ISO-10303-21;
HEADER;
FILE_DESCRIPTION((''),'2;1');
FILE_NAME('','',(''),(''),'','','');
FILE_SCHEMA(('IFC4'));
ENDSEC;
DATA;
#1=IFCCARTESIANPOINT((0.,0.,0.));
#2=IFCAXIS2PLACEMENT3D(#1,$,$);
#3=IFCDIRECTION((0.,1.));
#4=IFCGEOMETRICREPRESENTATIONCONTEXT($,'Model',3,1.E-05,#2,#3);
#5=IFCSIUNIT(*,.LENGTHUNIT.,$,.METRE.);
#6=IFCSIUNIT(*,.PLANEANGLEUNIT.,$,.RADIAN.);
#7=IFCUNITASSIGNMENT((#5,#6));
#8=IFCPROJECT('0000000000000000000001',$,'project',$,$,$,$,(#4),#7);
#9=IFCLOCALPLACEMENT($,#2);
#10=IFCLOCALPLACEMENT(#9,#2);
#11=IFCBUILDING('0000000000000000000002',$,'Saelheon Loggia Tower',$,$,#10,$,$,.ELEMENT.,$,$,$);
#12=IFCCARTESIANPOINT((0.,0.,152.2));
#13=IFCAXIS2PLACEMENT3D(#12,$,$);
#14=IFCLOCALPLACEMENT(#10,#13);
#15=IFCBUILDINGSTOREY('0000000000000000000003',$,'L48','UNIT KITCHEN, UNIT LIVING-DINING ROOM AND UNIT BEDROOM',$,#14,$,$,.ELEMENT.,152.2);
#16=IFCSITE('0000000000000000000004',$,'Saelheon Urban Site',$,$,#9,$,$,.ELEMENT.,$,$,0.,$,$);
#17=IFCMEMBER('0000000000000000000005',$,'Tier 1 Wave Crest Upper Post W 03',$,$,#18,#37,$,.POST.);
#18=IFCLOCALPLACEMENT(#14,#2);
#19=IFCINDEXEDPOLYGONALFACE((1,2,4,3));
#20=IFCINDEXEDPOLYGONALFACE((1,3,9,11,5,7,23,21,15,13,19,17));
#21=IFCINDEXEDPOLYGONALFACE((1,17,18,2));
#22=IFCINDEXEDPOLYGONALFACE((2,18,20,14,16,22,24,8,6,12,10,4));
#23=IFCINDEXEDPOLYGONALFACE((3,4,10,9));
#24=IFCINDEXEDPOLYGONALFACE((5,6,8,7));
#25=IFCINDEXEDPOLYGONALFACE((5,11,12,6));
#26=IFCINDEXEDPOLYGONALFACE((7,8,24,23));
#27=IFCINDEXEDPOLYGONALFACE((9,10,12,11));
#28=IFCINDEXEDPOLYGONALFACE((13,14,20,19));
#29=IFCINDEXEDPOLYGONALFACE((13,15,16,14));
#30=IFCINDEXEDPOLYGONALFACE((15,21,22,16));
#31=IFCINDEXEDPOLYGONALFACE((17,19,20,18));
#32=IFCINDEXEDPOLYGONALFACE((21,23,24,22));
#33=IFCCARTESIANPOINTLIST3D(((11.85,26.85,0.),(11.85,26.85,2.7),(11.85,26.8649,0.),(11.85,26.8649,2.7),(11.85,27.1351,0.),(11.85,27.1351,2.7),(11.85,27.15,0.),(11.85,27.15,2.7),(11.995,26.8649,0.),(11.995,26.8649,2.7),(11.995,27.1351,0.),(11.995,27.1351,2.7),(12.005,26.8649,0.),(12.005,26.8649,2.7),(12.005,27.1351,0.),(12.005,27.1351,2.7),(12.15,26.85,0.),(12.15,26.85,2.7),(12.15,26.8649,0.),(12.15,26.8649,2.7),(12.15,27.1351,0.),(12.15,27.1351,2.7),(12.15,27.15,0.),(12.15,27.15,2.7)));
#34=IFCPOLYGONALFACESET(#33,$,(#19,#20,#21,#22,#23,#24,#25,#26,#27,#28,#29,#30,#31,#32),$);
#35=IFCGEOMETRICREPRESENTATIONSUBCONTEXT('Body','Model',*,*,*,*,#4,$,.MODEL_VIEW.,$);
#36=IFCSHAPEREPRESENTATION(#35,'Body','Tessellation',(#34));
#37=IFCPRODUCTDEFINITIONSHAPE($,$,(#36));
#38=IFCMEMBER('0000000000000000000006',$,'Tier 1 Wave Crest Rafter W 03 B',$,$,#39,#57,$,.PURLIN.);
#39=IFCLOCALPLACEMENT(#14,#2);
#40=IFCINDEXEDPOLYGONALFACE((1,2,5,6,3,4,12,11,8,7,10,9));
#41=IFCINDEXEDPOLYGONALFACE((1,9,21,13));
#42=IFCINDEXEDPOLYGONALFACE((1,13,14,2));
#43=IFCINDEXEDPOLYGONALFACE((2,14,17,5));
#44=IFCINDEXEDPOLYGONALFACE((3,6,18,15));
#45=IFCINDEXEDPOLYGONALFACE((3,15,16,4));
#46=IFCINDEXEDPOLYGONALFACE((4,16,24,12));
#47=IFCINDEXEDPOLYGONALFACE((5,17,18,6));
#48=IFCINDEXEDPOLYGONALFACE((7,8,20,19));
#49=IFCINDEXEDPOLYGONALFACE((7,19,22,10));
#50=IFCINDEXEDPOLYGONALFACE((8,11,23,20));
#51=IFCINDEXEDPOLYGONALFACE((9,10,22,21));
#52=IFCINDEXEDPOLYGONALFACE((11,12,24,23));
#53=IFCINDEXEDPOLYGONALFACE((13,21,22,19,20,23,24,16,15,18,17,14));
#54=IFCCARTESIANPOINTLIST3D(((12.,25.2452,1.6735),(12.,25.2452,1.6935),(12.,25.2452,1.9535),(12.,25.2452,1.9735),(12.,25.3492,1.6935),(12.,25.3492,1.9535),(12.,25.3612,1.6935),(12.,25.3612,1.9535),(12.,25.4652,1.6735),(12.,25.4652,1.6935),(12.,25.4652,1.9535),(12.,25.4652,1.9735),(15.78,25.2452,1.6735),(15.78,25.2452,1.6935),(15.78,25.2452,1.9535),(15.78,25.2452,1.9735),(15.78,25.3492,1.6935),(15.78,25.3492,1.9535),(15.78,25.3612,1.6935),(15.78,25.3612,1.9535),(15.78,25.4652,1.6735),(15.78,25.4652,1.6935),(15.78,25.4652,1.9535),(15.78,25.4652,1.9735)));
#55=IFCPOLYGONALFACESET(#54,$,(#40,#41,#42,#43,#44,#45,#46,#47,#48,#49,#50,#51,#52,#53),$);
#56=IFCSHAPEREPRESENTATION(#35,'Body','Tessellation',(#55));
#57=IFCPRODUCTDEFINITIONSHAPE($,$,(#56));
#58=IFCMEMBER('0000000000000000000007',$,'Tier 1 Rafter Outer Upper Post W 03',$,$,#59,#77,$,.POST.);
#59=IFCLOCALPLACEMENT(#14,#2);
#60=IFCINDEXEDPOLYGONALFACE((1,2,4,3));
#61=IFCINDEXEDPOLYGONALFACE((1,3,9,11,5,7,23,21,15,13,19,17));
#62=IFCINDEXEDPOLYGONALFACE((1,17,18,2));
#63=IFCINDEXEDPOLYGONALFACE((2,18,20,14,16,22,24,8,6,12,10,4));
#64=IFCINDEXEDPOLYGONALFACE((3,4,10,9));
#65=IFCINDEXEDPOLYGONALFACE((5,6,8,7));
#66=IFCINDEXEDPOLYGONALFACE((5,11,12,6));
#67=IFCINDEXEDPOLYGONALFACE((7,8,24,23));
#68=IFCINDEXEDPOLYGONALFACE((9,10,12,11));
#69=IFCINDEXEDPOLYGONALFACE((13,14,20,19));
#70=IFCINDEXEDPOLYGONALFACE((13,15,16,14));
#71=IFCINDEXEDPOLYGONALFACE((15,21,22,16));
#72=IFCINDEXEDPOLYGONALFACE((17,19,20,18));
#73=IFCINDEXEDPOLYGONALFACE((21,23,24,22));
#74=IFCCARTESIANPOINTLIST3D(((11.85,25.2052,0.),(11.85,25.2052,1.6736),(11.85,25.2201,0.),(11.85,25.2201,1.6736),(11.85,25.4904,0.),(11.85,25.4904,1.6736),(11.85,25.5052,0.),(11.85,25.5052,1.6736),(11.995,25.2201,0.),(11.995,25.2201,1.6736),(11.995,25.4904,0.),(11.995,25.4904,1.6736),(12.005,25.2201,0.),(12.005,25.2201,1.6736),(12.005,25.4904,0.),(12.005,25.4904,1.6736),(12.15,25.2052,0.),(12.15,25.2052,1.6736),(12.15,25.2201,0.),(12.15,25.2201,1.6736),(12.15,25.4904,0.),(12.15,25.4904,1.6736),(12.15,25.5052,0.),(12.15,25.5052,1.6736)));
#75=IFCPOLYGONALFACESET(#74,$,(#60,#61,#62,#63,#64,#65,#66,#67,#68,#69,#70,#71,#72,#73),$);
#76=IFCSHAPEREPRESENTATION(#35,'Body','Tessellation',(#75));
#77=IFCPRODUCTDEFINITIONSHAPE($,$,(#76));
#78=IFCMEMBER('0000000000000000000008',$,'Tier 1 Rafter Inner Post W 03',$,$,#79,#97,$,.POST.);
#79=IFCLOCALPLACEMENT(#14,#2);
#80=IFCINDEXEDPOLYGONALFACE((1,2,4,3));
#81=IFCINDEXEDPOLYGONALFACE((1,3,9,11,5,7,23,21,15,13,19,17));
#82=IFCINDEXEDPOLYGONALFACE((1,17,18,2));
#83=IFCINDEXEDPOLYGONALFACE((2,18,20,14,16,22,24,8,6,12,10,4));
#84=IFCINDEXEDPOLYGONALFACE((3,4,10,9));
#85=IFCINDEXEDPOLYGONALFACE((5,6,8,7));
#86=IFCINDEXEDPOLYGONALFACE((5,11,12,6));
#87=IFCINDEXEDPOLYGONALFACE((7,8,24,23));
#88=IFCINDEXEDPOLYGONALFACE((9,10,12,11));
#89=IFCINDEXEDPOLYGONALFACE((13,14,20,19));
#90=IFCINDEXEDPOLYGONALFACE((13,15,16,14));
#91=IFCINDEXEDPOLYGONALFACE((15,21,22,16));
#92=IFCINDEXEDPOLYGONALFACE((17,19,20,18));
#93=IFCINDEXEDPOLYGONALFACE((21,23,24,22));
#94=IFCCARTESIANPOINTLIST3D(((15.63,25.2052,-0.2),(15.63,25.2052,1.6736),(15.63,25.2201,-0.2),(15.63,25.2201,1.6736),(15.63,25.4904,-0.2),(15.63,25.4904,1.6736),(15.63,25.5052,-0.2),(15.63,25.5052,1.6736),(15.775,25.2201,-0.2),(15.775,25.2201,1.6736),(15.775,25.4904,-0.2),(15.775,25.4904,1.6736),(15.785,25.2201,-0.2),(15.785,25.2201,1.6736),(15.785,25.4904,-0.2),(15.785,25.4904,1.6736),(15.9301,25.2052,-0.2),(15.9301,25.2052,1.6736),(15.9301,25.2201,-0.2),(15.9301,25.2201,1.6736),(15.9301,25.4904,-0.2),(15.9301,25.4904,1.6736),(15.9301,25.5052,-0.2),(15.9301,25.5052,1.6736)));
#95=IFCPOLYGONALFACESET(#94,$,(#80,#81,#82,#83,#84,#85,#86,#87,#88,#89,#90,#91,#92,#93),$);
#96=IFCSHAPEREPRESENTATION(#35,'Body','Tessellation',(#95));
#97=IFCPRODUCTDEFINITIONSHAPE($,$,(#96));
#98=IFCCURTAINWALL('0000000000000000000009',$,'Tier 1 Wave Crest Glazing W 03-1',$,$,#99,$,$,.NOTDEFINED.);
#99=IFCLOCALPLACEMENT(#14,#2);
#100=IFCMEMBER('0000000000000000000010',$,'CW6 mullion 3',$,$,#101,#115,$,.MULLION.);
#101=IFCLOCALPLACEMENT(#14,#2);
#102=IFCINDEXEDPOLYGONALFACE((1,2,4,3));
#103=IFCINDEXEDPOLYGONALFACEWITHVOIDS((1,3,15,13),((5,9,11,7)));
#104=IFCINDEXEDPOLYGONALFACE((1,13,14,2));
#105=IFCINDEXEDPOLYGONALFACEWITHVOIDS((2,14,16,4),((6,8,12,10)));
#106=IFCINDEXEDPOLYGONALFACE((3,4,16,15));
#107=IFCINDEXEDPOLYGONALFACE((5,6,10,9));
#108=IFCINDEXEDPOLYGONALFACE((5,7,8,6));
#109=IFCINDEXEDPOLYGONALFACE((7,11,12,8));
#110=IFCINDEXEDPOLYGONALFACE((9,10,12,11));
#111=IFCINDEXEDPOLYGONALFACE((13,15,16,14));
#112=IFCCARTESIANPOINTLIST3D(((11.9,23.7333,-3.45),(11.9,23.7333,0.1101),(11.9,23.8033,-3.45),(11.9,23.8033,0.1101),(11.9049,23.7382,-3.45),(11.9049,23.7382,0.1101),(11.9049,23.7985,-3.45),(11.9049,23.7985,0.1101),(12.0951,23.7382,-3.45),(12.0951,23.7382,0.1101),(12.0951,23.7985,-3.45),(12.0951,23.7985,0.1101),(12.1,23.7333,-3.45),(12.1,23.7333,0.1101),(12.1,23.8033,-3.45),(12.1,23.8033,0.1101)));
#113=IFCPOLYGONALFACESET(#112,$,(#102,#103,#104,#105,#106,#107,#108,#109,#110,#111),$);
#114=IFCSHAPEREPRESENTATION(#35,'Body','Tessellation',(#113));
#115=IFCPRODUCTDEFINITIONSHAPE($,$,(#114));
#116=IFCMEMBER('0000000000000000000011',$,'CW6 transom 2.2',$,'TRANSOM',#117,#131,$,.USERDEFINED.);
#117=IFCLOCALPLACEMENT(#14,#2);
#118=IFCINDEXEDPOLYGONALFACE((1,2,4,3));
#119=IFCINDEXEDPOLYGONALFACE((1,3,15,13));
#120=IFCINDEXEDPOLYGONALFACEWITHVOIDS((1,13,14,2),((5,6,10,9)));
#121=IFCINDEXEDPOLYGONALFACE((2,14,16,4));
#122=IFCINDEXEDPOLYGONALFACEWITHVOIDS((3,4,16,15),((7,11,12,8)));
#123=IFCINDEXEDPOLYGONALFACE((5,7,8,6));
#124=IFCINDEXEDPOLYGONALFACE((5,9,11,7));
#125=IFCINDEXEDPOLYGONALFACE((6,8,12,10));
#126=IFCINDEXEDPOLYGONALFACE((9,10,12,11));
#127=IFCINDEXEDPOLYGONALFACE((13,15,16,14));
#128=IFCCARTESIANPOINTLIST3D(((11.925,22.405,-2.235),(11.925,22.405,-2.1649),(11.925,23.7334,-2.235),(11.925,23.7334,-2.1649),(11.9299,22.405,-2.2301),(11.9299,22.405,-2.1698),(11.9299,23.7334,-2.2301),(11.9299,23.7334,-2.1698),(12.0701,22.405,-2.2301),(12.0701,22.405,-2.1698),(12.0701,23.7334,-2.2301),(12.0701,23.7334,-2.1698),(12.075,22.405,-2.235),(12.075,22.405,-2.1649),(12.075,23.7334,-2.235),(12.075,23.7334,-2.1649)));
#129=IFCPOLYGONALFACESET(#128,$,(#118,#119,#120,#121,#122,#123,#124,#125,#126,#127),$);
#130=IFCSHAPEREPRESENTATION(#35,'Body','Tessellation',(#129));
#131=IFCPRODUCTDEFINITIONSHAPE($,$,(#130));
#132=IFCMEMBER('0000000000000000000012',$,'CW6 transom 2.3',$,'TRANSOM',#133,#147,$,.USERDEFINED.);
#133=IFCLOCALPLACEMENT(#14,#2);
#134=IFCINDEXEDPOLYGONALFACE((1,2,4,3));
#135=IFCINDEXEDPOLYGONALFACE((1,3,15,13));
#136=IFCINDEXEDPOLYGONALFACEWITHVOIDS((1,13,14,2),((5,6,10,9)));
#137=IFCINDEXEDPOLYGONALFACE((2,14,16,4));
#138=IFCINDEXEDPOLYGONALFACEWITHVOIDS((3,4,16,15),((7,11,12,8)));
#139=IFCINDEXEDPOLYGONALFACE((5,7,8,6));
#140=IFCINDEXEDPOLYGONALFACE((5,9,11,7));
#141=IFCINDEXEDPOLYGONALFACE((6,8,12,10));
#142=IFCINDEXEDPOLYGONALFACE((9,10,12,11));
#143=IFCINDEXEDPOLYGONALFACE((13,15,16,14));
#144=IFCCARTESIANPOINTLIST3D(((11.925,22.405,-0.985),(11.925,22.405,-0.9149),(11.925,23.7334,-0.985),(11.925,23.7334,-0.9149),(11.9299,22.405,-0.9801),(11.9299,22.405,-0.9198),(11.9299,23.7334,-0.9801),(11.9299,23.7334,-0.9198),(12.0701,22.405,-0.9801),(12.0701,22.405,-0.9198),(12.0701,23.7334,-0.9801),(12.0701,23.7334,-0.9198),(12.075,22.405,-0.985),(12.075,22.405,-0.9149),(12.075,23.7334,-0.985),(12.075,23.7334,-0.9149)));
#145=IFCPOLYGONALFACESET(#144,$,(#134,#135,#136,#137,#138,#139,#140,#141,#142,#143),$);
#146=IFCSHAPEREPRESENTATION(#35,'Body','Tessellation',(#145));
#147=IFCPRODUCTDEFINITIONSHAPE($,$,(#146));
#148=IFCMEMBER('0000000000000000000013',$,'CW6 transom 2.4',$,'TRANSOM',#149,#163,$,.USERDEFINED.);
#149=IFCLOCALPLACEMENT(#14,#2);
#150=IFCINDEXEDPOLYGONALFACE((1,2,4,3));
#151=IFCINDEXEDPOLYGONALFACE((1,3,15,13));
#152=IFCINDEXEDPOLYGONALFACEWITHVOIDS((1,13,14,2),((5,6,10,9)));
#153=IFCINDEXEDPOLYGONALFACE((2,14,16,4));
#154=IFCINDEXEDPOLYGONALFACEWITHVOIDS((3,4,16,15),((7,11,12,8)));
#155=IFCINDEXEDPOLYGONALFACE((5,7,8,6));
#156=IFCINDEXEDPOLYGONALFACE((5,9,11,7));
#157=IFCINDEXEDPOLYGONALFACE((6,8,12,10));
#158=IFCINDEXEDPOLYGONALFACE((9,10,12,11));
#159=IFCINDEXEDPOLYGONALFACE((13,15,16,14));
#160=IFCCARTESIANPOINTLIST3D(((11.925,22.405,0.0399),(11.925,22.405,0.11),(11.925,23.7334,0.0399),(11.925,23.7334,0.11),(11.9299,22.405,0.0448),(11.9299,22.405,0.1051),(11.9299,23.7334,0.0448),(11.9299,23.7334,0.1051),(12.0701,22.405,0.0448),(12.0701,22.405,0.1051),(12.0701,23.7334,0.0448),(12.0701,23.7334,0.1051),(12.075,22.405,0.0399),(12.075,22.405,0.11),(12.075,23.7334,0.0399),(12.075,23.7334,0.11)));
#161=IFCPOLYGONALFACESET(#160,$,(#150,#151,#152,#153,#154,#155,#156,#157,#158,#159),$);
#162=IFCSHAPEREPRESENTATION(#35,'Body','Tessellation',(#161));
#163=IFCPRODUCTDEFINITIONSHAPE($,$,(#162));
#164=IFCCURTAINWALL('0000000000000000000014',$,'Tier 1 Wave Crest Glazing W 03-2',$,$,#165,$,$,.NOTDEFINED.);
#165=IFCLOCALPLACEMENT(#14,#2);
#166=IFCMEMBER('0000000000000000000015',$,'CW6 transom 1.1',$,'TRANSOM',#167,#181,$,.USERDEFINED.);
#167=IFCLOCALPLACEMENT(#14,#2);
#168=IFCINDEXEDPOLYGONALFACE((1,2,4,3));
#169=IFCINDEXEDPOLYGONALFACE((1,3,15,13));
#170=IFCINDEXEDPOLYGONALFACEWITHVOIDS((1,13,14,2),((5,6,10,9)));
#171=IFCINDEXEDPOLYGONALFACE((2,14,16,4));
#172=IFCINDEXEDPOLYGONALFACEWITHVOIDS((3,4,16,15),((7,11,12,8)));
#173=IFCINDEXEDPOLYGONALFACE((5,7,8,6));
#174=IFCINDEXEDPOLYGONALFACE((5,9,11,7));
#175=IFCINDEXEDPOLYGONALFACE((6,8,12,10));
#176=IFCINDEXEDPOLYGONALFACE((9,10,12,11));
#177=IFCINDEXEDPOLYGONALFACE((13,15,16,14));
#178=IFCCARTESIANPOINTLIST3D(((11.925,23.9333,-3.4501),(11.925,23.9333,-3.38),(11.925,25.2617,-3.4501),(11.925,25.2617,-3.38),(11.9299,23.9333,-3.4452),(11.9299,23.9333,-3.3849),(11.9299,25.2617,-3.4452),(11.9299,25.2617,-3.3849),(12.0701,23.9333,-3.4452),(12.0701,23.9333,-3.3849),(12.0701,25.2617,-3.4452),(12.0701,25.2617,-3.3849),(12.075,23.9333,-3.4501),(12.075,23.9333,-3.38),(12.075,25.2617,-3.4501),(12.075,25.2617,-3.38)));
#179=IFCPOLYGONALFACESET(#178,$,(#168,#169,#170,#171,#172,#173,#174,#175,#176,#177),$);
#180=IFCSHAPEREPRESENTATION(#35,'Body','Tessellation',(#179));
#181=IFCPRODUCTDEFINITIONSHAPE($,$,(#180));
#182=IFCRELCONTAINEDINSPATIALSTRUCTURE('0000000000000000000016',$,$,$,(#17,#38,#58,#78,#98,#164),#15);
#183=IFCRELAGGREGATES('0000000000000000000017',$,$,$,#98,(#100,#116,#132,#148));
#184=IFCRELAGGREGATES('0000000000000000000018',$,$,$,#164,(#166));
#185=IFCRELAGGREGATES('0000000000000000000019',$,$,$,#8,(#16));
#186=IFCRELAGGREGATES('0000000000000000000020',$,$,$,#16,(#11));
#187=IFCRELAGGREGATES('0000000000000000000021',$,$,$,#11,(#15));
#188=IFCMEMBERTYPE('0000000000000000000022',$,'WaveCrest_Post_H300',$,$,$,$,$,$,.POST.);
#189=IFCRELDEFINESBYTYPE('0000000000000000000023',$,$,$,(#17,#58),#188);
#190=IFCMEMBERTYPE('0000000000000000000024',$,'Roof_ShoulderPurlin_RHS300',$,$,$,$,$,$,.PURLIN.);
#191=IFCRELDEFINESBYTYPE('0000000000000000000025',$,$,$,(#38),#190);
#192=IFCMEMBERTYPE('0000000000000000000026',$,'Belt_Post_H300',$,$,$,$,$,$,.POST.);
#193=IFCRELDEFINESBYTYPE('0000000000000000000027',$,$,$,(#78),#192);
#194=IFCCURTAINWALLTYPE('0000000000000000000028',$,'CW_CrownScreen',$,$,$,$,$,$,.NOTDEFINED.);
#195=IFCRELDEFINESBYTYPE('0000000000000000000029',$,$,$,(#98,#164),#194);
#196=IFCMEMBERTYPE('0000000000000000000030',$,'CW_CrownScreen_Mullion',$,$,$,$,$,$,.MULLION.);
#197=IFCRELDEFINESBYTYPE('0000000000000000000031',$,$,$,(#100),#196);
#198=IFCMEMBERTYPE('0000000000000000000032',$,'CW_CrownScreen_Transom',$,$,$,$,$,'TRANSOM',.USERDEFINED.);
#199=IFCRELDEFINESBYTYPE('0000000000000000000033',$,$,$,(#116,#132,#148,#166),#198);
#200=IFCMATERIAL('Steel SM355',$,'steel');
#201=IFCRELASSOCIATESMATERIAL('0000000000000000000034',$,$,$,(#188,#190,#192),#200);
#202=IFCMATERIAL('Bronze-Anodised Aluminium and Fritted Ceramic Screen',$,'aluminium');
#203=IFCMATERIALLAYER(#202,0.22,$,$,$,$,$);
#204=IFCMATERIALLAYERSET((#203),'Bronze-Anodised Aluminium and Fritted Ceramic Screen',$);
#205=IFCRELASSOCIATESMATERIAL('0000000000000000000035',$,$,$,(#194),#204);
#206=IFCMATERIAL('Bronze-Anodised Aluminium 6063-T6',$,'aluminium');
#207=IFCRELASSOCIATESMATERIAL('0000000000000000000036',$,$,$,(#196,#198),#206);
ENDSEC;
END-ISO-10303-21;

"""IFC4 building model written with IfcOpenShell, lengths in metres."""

from ifc_helpers import new_model, si_unit, direction, frame, origin, origin_2d, place, context, subcontext, project, spatial, hollow_rectangle, i_section, extrude, source, transform, mapped, material, layer, layer_set, material_profile, profile_set, type_object, element, aggregate, save


model = new_model("IFC4")

# Units and contexts
model_context = context("Model", 3, precision=1e-05, world=origin(), true_north=direction((0.0, 1.0)))
body_context = subcontext(model_context, "Body", "Model", "MODEL_VIEW")
ifc_project = project(units=[si_unit("LENGTHUNIT", "METRE"), si_unit("PLANEANGLEUNIT", "RADIAN")], contexts=[model_context])

# Site, building, storey
site_placement = place(None, origin())
site = spatial("IfcSite", under=ifc_project, at=site_placement, Name="Saelheon Urban Site", CompositionType="ELEMENT", RefElevation=0.0)
building_placement = place(site_placement, origin())
building = spatial("IfcBuilding", under=site, at=building_placement, Name="Saelheon Loggia Tower", CompositionType="ELEMENT")
storey_placement = place(building_placement, frame((0.0, 0.0, 152.2)))
storey = spatial("IfcBuildingStorey", under=building, at=storey_placement, Name="L48", Description="UNIT KITCHEN, UNIT LIVING-DINING ROOM AND UNIT BEDROOM", CompositionType="ELEMENT", Elevation=152.2)

# Members
ifc_material_1 = material(Name="Steel SM355", Category="steel")
ifc_material_profile_1 = material_profile(ifc_material_1, i_section(OverallWidth=0.3, OverallDepth=0.3, WebThickness=0.01, FlangeThickness=0.0149, at=origin_2d()), Name="H-300x300x10x15")
ifc_profile_set_1 = profile_set([ifc_material_profile_1], Name="Steel SM355")
member_type_1 = type_object("IfcMemberType", Name="WaveCrest_Post_H300", PredefinedType="POST", material=ifc_profile_set_1)
shared_shape_1 = source(origin(), body_context, "Body", "SweptSolid", [
    extrude(i_section(OverallWidth=0.3, OverallDepth=0.3, WebThickness=0.01, FlangeThickness=0.0149, at=origin_2d()), origin(), (0.0, 0.0, 1.0), 2.7),
])
member_1_placement = place(storey_placement, frame((12.0, 27.0, 0.0), z_axis=(0.0, 0.0, 1.0), x_axis=(1.0, 0.0, 0.0)))
element("IfcMember", 1, at=member_1_placement, inside=storey, type_object=member_type_1, Name="Tier 1 Wave Crest Upper Post W 03", PredefinedType="POST", context=body_context, shape_type="MappedRepresentation", body=[
    mapped(shared_shape_1, transform((0.0, 0.0, 0.0), scale=1.0)),
])
ifc_material_profile_2 = material_profile(ifc_material_1, i_section(OverallWidth=0.22, OverallDepth=0.3, WebThickness=0.012, FlangeThickness=0.02, at=origin_2d()), Name="H-300x220x12x20")
ifc_profile_set_2 = profile_set([ifc_material_profile_2], Name="Steel SM355")
member_type_2 = type_object("IfcMemberType", Name="Roof_ShoulderPurlin_RHS300", PredefinedType="PURLIN", material=ifc_profile_set_2)
shared_shape_2 = source(origin(), body_context, "Body", "SweptSolid", [
    extrude(i_section(OverallWidth=0.22, OverallDepth=0.3, WebThickness=0.012, FlangeThickness=0.02, at=origin_2d()), origin(), (0.0, 0.0, 1.0), 3.78),
])
member_2_placement = place(storey_placement, frame((12.0, 25.3552, 1.8235), z_axis=(1.0, 0.0, 0.0), x_axis=(0.0, 1.0, 0.0)))
element("IfcMember", 2, at=member_2_placement, inside=storey, type_object=member_type_2, Name="Tier 1 Wave Crest Rafter W 03 B", PredefinedType="PURLIN", context=body_context, shape_type="MappedRepresentation", body=[
    mapped(shared_shape_2, transform((0.0, 0.0, 0.0), scale=1.0)),
])
shared_shape_3 = source(origin(), body_context, "Body", "SweptSolid", [
    extrude(i_section(OverallWidth=0.3, OverallDepth=0.3, WebThickness=0.01, FlangeThickness=0.0149, at=origin_2d()), origin(), (0.0, 0.0, 1.0), 1.6736),
])
member_3_placement = place(storey_placement, frame((12.0, 25.3552, 0.0), z_axis=(0.0, 0.0, 1.0), x_axis=(1.0, 0.0, 0.0)))
element("IfcMember", 3, at=member_3_placement, inside=storey, type_object=member_type_1, Name="Tier 1 Rafter Outer Upper Post W 03", PredefinedType="POST", context=body_context, shape_type="MappedRepresentation", body=[
    mapped(shared_shape_3, transform((0.0, 0.0, 0.0), scale=1.0)),
])
ifc_material_profile_3 = material_profile(ifc_material_1, i_section(OverallWidth=0.3, OverallDepth=0.3, WebThickness=0.01, FlangeThickness=0.0149, at=origin_2d()), Name="H-300x300x10x15")
ifc_profile_set_3 = profile_set([ifc_material_profile_3], Name="Steel SM355")
member_type_3 = type_object("IfcMemberType", Name="Belt_Post_H300", PredefinedType="POST", material=ifc_profile_set_3)
shared_shape_4 = source(origin(), body_context, "Body", "SweptSolid", [
    extrude(i_section(OverallWidth=0.3, OverallDepth=0.3, WebThickness=0.01, FlangeThickness=0.0149, at=origin_2d()), origin(), (0.0, 0.0, 1.0), 1.8735),
])
member_4_placement = place(storey_placement, frame((15.78, 25.3552, -0.2), z_axis=(0.0, 0.0, 1.0), x_axis=(1.0, 0.0, 0.0)))
element("IfcMember", 4, at=member_4_placement, inside=storey, type_object=member_type_3, Name="Tier 1 Rafter Inner Post W 03", PredefinedType="POST", context=body_context, shape_type="MappedRepresentation", body=[
    mapped(shared_shape_4, transform((0.0, 0.0, 0.0), scale=1.0)),
])

# Curtain walls, members
ifc_material_2 = material(Name="Bronze-Anodised Aluminium and Fritted Ceramic Screen", Category="aluminium")
ifc_layer_1 = layer(ifc_material_2, 0.22)
ifc_layer_set_1 = layer_set([ifc_layer_1], Name="Bronze-Anodised Aluminium and Fritted Ceramic Screen")
curtain_wall_type = type_object("IfcCurtainWallType", Name="CW_CrownScreen", PredefinedType="NOTDEFINED", material=ifc_layer_set_1)
curtain_wall_1_placement = place(storey_placement, origin())
curtain_wall_1 = element("IfcCurtainWall", 5, at=curtain_wall_1_placement, inside=storey, type_object=curtain_wall_type, Name="Tier 1 Wave Crest Glazing W 03-1", PredefinedType="NOTDEFINED")
ifc_material_3 = material(Name="Bronze-Anodised Aluminium 6063-T6", Category="aluminium")
ifc_material_profile_4 = material_profile(ifc_material_3, hollow_rectangle(XDim=0.0701, YDim=0.2, WallThickness=0.0049, at=origin_2d()), Name="RHS-200x70x5")
ifc_profile_set_4 = profile_set([ifc_material_profile_4], Name="Bronze-Anodised Aluminium 6063-T6")
member_type_4 = type_object("IfcMemberType", Name="CW_CrownScreen_Mullion", PredefinedType="MULLION", material=ifc_profile_set_4)
shared_shape_5 = source(origin(), body_context, "Body", "SweptSolid", [
    extrude(hollow_rectangle(XDim=0.0701, YDim=0.2, WallThickness=0.0049, at=origin_2d()), origin(), (0.0, 0.0, 1.0), 3.5601),
])
member_5_placement = place(storey_placement, frame((12.0, 23.7683, -3.45), z_axis=(0.0, 0.0, 1.0), x_axis=(0.0, 1.0, 0.0)))
member_5 = element("IfcMember", 6, at=member_5_placement, type_object=member_type_4, Name="CW6 mullion 3", PredefinedType="MULLION", context=body_context, shape_type="MappedRepresentation", body=[
    mapped(shared_shape_5, transform((0.0, 0.0, 0.0), scale=1.0)),
])
ifc_material_profile_5 = material_profile(ifc_material_3, hollow_rectangle(XDim=0.0701, YDim=0.1499, WallThickness=0.0049, at=origin_2d()), Name="RHS-150x70x5")
ifc_profile_set_5 = profile_set([ifc_material_profile_5], Name="Bronze-Anodised Aluminium 6063-T6")
member_type_5 = type_object("IfcMemberType", Name="CW_CrownScreen_Transom", ElementType="TRANSOM", PredefinedType="USERDEFINED", material=ifc_profile_set_5)
shared_shape_6 = source(origin(), body_context, "Body", "SweptSolid", [
    extrude(hollow_rectangle(XDim=0.0701, YDim=0.1499, WallThickness=0.0049, at=origin_2d()), origin(), (0.0, 0.0, 1.0), 1.3284),
])
member_6_placement = place(storey_placement, frame((12.0, 22.405, -2.2), z_axis=(0.0, 1.0, 0.0), x_axis=(0.0, 0.0, 1.0)))
member_6 = element("IfcMember", 7, at=member_6_placement, type_object=member_type_5, Name="CW6 transom 2.2", ObjectType="TRANSOM", PredefinedType="USERDEFINED", context=body_context, shape_type="MappedRepresentation", body=[
    mapped(shared_shape_6, transform((0.0, 0.0, 0.0), scale=1.0)),
])
member_7_placement = place(storey_placement, frame((12.0, 22.405, -0.95), z_axis=(0.0, 1.0, 0.0), x_axis=(0.0, 0.0, 1.0)))
member_7 = element("IfcMember", 8, at=member_7_placement, type_object=member_type_5, Name="CW6 transom 2.3", ObjectType="TRANSOM", PredefinedType="USERDEFINED", context=body_context, shape_type="MappedRepresentation", body=[
    mapped(shared_shape_6, transform((0.0, 0.0, 0.0), scale=1.0)),
])
member_8_placement = place(storey_placement, frame((12.0, 22.405, 0.075), z_axis=(0.0, 1.0, 0.0), x_axis=(0.0, 0.0, 1.0)))
member_8 = element("IfcMember", 9, at=member_8_placement, type_object=member_type_5, Name="CW6 transom 2.4", ObjectType="TRANSOM", PredefinedType="USERDEFINED", context=body_context, shape_type="MappedRepresentation", body=[
    mapped(shared_shape_6, transform((0.0, 0.0, 0.0), scale=1.0)),
])
curtain_wall_2_placement = place(storey_placement, origin())
curtain_wall_2 = element("IfcCurtainWall", 10, at=curtain_wall_2_placement, inside=storey, type_object=curtain_wall_type, Name="Tier 1 Wave Crest Glazing W 03-2", PredefinedType="NOTDEFINED")
member_9_placement = place(storey_placement, frame((12.0, 23.9333, -3.415), z_axis=(0.0, 1.0, 0.0), x_axis=(0.0, 0.0, 1.0)))
member_9 = element("IfcMember", 11, at=member_9_placement, type_object=member_type_5, Name="CW6 transom 1.1", ObjectType="TRANSOM", PredefinedType="USERDEFINED", context=body_context, shape_type="MappedRepresentation", body=[
    mapped(shared_shape_6, transform((0.0, 0.0, 0.0), scale=1.0)),
])

aggregate(curtain_wall_1, [member_5, member_6, member_7, member_8])
aggregate(curtain_wall_2, [member_9])

save(model, "model.ifc")
